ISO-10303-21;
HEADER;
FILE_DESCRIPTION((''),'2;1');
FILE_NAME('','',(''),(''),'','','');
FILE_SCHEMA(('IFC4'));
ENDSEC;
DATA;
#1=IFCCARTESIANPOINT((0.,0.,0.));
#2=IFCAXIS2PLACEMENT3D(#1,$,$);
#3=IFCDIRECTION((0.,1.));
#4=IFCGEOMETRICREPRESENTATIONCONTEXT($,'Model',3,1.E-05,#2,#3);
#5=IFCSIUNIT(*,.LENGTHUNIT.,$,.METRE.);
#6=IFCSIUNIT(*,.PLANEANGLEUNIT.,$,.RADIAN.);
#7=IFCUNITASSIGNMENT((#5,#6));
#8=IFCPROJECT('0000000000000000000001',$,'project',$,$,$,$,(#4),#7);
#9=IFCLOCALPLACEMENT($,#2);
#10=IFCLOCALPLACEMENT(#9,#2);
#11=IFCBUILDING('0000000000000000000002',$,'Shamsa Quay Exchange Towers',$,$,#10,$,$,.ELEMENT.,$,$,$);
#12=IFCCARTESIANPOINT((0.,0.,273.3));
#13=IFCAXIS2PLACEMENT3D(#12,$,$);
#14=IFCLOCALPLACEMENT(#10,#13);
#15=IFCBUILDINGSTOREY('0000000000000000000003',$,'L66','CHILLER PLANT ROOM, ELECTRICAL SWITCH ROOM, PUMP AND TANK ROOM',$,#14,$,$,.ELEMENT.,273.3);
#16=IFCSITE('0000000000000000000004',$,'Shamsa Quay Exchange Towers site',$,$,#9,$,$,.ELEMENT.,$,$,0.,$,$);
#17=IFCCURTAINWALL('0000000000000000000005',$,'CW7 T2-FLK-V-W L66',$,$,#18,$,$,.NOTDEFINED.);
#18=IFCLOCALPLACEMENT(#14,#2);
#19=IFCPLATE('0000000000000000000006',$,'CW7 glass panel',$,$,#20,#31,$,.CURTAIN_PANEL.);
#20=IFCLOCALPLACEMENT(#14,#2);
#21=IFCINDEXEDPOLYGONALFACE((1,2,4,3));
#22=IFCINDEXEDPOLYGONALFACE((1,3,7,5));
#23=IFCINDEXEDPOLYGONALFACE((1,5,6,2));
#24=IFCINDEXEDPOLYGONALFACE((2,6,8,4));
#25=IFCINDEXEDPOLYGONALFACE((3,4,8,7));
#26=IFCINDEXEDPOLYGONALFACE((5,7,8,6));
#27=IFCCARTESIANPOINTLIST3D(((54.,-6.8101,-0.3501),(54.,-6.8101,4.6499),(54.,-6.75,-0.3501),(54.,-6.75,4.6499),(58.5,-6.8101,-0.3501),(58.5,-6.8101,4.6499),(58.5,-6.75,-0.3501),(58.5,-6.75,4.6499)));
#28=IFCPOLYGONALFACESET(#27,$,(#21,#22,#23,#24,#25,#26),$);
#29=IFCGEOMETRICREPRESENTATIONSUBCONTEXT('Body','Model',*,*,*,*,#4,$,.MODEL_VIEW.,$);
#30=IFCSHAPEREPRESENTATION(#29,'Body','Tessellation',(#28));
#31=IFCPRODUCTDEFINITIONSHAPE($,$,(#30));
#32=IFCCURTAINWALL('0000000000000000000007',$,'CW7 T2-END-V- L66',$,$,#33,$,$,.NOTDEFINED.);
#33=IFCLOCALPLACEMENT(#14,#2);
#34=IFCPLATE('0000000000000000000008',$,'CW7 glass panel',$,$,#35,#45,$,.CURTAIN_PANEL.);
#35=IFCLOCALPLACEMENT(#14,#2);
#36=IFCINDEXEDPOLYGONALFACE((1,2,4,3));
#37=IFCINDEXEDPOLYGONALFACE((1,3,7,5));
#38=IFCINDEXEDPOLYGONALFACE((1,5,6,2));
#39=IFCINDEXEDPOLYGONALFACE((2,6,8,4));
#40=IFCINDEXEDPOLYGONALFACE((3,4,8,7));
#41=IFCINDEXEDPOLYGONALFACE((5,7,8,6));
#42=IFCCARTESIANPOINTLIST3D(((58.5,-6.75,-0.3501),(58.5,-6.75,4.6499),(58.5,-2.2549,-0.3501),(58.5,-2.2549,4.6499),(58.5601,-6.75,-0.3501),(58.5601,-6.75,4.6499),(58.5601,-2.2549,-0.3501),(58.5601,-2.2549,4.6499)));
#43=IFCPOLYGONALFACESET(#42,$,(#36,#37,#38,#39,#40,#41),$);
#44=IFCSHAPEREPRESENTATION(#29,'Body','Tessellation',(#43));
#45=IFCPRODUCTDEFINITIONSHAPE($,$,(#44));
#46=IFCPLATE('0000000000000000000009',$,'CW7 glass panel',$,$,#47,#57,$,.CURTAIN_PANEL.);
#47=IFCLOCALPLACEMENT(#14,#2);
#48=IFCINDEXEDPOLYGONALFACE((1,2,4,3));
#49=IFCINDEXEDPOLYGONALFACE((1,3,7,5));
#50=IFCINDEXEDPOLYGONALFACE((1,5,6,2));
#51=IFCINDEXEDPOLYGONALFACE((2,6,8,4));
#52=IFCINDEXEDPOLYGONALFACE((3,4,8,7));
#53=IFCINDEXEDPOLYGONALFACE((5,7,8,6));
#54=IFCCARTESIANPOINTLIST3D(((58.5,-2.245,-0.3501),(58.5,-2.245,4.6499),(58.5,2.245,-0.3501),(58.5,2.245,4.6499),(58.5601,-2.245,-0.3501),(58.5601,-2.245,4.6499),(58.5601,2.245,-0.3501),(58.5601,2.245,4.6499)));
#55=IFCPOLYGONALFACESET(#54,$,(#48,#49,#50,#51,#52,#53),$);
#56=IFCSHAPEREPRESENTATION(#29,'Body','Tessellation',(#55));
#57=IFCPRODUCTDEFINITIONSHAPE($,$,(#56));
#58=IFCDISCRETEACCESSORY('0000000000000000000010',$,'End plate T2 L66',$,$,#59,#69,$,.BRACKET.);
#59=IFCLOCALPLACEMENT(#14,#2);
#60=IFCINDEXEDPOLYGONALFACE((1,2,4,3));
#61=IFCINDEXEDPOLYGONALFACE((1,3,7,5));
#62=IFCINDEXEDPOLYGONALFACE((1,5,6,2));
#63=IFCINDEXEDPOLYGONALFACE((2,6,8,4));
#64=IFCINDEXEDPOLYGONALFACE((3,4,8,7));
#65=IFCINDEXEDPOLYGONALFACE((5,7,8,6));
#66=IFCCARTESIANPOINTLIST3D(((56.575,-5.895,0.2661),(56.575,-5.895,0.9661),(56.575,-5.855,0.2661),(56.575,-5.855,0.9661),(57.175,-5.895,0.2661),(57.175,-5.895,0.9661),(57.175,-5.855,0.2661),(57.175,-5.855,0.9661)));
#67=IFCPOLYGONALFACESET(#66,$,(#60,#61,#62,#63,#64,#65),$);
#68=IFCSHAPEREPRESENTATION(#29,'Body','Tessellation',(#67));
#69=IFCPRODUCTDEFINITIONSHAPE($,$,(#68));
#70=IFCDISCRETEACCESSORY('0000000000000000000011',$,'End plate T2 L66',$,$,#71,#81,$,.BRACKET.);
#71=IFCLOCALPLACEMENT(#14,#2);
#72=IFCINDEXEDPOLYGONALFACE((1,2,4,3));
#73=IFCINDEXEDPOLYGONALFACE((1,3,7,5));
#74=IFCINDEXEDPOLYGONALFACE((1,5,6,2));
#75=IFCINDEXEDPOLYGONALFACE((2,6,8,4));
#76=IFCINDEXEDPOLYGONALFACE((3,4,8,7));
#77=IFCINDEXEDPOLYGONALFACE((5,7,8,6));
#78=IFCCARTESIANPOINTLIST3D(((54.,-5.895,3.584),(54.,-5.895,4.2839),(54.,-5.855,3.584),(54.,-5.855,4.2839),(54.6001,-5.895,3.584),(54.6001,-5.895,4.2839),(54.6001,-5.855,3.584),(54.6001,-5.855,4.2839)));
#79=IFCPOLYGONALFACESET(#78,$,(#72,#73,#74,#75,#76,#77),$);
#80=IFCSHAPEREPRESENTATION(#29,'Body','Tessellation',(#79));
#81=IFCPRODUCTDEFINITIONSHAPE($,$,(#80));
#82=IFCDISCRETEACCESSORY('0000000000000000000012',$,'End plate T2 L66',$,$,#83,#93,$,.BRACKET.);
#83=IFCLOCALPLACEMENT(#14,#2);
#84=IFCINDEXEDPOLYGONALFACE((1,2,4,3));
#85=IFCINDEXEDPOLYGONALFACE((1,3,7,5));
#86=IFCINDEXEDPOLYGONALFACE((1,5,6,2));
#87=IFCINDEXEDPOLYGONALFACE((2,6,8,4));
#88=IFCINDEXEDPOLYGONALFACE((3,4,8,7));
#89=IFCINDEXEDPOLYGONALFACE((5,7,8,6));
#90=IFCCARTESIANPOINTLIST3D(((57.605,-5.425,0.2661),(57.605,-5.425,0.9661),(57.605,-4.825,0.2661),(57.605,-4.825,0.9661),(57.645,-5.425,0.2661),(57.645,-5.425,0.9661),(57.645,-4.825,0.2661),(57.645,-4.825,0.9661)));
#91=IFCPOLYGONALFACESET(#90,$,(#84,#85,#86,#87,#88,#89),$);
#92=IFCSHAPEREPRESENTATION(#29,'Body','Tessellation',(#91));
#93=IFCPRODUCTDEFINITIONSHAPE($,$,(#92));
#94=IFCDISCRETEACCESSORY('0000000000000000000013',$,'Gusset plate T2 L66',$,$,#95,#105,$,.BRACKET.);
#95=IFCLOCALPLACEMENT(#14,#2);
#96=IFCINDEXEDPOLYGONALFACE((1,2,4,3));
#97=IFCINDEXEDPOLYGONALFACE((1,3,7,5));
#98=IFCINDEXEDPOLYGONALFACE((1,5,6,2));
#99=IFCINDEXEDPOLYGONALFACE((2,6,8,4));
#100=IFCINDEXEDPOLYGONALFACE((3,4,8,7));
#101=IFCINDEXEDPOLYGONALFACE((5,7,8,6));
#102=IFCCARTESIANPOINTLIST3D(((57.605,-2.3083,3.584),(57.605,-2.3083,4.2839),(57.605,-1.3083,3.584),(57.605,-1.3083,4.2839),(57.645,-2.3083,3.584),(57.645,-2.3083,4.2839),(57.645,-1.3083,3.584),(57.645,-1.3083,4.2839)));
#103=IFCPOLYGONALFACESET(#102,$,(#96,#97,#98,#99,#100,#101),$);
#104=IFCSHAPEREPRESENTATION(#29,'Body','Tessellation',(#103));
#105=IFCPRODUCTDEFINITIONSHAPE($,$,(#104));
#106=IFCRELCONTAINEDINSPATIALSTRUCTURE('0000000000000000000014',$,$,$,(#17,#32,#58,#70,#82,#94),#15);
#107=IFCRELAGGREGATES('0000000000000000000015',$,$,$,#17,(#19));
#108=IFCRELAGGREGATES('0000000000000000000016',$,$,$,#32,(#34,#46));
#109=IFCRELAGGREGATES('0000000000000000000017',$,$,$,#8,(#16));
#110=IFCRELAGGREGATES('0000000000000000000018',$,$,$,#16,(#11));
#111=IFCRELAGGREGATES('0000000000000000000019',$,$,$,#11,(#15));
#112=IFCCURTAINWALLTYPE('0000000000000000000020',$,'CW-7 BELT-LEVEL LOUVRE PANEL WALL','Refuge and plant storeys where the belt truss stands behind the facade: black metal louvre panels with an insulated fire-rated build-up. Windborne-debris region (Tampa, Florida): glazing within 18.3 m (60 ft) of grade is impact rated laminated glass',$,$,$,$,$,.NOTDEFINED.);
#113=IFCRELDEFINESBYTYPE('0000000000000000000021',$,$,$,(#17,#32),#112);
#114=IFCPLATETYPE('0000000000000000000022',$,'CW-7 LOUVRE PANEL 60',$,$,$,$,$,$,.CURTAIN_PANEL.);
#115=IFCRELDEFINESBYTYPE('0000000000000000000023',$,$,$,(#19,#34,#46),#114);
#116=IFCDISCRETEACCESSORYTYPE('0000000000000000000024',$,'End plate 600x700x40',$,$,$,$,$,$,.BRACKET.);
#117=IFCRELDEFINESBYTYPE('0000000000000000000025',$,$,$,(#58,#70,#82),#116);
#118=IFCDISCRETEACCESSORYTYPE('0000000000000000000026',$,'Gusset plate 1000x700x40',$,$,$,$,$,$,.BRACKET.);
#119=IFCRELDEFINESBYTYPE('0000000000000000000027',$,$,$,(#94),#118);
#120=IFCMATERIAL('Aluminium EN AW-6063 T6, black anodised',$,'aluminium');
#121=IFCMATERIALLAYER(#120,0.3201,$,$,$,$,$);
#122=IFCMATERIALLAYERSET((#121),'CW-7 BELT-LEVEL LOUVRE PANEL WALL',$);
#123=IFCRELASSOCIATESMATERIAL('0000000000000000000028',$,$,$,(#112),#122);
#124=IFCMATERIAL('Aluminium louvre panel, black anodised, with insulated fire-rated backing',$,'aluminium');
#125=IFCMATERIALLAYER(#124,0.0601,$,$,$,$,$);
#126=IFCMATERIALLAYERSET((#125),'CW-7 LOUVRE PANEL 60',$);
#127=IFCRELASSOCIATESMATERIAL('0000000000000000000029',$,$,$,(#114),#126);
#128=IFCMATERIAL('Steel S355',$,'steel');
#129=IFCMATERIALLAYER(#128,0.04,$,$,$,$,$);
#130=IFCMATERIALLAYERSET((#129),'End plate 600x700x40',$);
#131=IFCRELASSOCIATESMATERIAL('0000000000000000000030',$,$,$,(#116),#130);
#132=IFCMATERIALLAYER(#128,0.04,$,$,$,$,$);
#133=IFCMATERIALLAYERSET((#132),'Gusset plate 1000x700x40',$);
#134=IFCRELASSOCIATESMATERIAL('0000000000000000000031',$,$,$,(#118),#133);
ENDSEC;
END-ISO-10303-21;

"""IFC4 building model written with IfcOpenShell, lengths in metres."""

from ifc_helpers import new_model, si_unit, direction, frame, origin, origin_2d, place, context, subcontext, project, spatial, rectangle, extrude, material, layer, layer_set, type_object, element, aggregate, save


model = new_model("IFC4")

# Units and contexts
model_context = context("Model", 3, precision=1e-05, world=origin(), true_north=direction((0.0, 1.0)))
body_context = subcontext(model_context, "Body", "Model", "MODEL_VIEW")
ifc_project = project(units=[si_unit("LENGTHUNIT", "METRE"), si_unit("PLANEANGLEUNIT", "RADIAN")], contexts=[model_context])

# Site, building, storey
site_placement = place(None, origin())
site = spatial("IfcSite", under=ifc_project, at=site_placement, Name="Shamsa Quay Exchange Towers site", CompositionType="ELEMENT", RefElevation=0.0)
building_placement = place(site_placement, origin())
building = spatial("IfcBuilding", under=site, at=building_placement, Name="Shamsa Quay Exchange Towers", CompositionType="ELEMENT")
storey_placement = place(building_placement, frame((0.0, 0.0, 273.3)))
storey = spatial("IfcBuildingStorey", under=building, at=storey_placement, Name="L66", Description="CHILLER PLANT ROOM, ELECTRICAL SWITCH ROOM, PUMP AND TANK ROOM", CompositionType="ELEMENT", Elevation=273.3)

# Shared definitions
ifc_material_1 = material(Name="Steel S355", Category="steel")

# Curtain wall, plate
ifc_material_2 = material(Name="Aluminium EN AW-6063 T6, black anodised", Category="aluminium")
ifc_layer_1 = layer(ifc_material_2, 0.3201)
ifc_layer_set_1 = layer_set([ifc_layer_1], Name="CW-7 BELT-LEVEL LOUVRE PANEL WALL")
curtain_wall_type = type_object("IfcCurtainWallType", Name="CW-7 BELT-LEVEL LOUVRE PANEL WALL", Description="Refuge and plant storeys where the belt truss stands behind the facade: black metal louvre panels with an insulated fire-rated build-up. Windborne-debris region (Tampa, Florida): glazing within 18.3 m (60 ft) of grade is impact rated laminated glass", PredefinedType="NOTDEFINED", material=ifc_layer_set_1)
curtain_wall_1_placement = place(storey_placement, origin())
curtain_wall_1 = element("IfcCurtainWall", 1, at=curtain_wall_1_placement, inside=storey, type_object=curtain_wall_type, Name="CW7 T2-FLK-V-W L66", PredefinedType="NOTDEFINED")
ifc_material_3 = material(Name="Aluminium louvre panel, black anodised, with insulated fire-rated backing", Category="aluminium")
ifc_layer_2 = layer(ifc_material_3, 0.0601)
ifc_layer_set_2 = layer_set([ifc_layer_2], Name="CW-7 LOUVRE PANEL 60")
plate_type = type_object("IfcPlateType", Name="CW-7 LOUVRE PANEL 60", PredefinedType="CURTAIN_PANEL", material=ifc_layer_set_2)
plate_1_placement = place(storey_placement, frame((56.25, -6.78, -0.3501)))
plate_1 = element("IfcPlate", 2, at=plate_1_placement, type_object=plate_type, Name="CW7 glass panel", PredefinedType="CURTAIN_PANEL", context=body_context, shape_type="SweptSolid", body=[
    extrude(rectangle(XDim=4.5, YDim=0.0601, at=origin_2d()), origin(), (0.0, 0.0, 1.0), 5.0),
])
aggregate(curtain_wall_1, [plate_1])

# Curtain wall, plates
curtain_wall_2_placement = place(storey_placement, origin())
curtain_wall_2 = element("IfcCurtainWall", 3, at=curtain_wall_2_placement, inside=storey, type_object=curtain_wall_type, Name="CW7 T2-END-V- L66", PredefinedType="NOTDEFINED")
plate_2_placement = place(storey_placement, frame((58.53, -4.5024, -0.3501), z_axis=(0.0, 0.0, 1.0), x_axis=(0.0, 1.0, 0.0)))
plate_2 = element("IfcPlate", 4, at=plate_2_placement, type_object=plate_type, Name="CW7 glass panel", PredefinedType="CURTAIN_PANEL", context=body_context, shape_type="SweptSolid", body=[
    extrude(rectangle(XDim=4.4951, YDim=0.0601, at=origin_2d()), origin(), (0.0, 0.0, 1.0), 5.0),
])
plate_3_placement = place(storey_placement, frame((58.53, 0.0, -0.3501), z_axis=(0.0, 0.0, 1.0), x_axis=(0.0, 1.0, 0.0)))
plate_3 = element("IfcPlate", 5, at=plate_3_placement, type_object=plate_type, Name="CW7 glass panel", PredefinedType="CURTAIN_PANEL", context=body_context, shape_type="SweptSolid", body=[
    extrude(rectangle(XDim=4.49, YDim=0.0601, at=origin_2d()), origin(), (0.0, 0.0, 1.0), 5.0),
])
aggregate(curtain_wall_2, [plate_2, plate_3])

# Discrete accessories
ifc_layer_3 = layer(ifc_material_1, 0.04)
ifc_layer_set_3 = layer_set([ifc_layer_3], Name="End plate 600x700x40")
discrete_accessory_type_1 = type_object("IfcDiscreteAccessoryType", Name="End plate 600x700x40", PredefinedType="BRACKET", material=ifc_layer_set_3)
for number, where, z_axis, x_axis, name in (
    (6, (56.875, -5.875, 0.2661), (0.0, 0.0, 1.0), (-1.0, 0.0, 0.0), "End plate T2 L66"),
    (7, (54.3, -5.875, 3.584), (0.0, 0.0, 1.0), (-1.0, 0.0, 0.0), "End plate T2 L66"),
    (8, (57.625, -5.125, 0.2661), (0.0, 0.0, 1.0), (0.0, 1.0, 0.0), "End plate T2 L66"),
):
    element("IfcDiscreteAccessory", number, at=place(storey_placement, frame(where, z_axis=z_axis, x_axis=x_axis)), inside=storey, type_object=discrete_accessory_type_1, Name=name, PredefinedType="BRACKET", context=body_context, shape_type="SweptSolid", body=[
        extrude(rectangle(XDim=0.6001, YDim=0.04, at=origin_2d()), origin(), (0.0, 0.0, 1.0), 0.7),
    ])
ifc_layer_4 = layer(ifc_material_1, 0.04)
ifc_layer_set_4 = layer_set([ifc_layer_4], Name="Gusset plate 1000x700x40")
discrete_accessory_type_2 = type_object("IfcDiscreteAccessoryType", Name="Gusset plate 1000x700x40", PredefinedType="BRACKET", material=ifc_layer_set_4)
discrete_accessory_placement = place(storey_placement, frame((57.625, -1.8083, 3.584), z_axis=(0.0, 0.0, 1.0), x_axis=(0.0, 1.0, 0.0)))
element("IfcDiscreteAccessory", 9, at=discrete_accessory_placement, inside=storey, type_object=discrete_accessory_type_2, Name="Gusset plate T2 L66", PredefinedType="BRACKET", context=body_context, shape_type="SweptSolid", body=[
    extrude(rectangle(XDim=1.0, YDim=0.04, at=origin_2d()), origin(), (0.0, 0.0, 1.0), 0.7),
])

save(model, "model.ifc")
